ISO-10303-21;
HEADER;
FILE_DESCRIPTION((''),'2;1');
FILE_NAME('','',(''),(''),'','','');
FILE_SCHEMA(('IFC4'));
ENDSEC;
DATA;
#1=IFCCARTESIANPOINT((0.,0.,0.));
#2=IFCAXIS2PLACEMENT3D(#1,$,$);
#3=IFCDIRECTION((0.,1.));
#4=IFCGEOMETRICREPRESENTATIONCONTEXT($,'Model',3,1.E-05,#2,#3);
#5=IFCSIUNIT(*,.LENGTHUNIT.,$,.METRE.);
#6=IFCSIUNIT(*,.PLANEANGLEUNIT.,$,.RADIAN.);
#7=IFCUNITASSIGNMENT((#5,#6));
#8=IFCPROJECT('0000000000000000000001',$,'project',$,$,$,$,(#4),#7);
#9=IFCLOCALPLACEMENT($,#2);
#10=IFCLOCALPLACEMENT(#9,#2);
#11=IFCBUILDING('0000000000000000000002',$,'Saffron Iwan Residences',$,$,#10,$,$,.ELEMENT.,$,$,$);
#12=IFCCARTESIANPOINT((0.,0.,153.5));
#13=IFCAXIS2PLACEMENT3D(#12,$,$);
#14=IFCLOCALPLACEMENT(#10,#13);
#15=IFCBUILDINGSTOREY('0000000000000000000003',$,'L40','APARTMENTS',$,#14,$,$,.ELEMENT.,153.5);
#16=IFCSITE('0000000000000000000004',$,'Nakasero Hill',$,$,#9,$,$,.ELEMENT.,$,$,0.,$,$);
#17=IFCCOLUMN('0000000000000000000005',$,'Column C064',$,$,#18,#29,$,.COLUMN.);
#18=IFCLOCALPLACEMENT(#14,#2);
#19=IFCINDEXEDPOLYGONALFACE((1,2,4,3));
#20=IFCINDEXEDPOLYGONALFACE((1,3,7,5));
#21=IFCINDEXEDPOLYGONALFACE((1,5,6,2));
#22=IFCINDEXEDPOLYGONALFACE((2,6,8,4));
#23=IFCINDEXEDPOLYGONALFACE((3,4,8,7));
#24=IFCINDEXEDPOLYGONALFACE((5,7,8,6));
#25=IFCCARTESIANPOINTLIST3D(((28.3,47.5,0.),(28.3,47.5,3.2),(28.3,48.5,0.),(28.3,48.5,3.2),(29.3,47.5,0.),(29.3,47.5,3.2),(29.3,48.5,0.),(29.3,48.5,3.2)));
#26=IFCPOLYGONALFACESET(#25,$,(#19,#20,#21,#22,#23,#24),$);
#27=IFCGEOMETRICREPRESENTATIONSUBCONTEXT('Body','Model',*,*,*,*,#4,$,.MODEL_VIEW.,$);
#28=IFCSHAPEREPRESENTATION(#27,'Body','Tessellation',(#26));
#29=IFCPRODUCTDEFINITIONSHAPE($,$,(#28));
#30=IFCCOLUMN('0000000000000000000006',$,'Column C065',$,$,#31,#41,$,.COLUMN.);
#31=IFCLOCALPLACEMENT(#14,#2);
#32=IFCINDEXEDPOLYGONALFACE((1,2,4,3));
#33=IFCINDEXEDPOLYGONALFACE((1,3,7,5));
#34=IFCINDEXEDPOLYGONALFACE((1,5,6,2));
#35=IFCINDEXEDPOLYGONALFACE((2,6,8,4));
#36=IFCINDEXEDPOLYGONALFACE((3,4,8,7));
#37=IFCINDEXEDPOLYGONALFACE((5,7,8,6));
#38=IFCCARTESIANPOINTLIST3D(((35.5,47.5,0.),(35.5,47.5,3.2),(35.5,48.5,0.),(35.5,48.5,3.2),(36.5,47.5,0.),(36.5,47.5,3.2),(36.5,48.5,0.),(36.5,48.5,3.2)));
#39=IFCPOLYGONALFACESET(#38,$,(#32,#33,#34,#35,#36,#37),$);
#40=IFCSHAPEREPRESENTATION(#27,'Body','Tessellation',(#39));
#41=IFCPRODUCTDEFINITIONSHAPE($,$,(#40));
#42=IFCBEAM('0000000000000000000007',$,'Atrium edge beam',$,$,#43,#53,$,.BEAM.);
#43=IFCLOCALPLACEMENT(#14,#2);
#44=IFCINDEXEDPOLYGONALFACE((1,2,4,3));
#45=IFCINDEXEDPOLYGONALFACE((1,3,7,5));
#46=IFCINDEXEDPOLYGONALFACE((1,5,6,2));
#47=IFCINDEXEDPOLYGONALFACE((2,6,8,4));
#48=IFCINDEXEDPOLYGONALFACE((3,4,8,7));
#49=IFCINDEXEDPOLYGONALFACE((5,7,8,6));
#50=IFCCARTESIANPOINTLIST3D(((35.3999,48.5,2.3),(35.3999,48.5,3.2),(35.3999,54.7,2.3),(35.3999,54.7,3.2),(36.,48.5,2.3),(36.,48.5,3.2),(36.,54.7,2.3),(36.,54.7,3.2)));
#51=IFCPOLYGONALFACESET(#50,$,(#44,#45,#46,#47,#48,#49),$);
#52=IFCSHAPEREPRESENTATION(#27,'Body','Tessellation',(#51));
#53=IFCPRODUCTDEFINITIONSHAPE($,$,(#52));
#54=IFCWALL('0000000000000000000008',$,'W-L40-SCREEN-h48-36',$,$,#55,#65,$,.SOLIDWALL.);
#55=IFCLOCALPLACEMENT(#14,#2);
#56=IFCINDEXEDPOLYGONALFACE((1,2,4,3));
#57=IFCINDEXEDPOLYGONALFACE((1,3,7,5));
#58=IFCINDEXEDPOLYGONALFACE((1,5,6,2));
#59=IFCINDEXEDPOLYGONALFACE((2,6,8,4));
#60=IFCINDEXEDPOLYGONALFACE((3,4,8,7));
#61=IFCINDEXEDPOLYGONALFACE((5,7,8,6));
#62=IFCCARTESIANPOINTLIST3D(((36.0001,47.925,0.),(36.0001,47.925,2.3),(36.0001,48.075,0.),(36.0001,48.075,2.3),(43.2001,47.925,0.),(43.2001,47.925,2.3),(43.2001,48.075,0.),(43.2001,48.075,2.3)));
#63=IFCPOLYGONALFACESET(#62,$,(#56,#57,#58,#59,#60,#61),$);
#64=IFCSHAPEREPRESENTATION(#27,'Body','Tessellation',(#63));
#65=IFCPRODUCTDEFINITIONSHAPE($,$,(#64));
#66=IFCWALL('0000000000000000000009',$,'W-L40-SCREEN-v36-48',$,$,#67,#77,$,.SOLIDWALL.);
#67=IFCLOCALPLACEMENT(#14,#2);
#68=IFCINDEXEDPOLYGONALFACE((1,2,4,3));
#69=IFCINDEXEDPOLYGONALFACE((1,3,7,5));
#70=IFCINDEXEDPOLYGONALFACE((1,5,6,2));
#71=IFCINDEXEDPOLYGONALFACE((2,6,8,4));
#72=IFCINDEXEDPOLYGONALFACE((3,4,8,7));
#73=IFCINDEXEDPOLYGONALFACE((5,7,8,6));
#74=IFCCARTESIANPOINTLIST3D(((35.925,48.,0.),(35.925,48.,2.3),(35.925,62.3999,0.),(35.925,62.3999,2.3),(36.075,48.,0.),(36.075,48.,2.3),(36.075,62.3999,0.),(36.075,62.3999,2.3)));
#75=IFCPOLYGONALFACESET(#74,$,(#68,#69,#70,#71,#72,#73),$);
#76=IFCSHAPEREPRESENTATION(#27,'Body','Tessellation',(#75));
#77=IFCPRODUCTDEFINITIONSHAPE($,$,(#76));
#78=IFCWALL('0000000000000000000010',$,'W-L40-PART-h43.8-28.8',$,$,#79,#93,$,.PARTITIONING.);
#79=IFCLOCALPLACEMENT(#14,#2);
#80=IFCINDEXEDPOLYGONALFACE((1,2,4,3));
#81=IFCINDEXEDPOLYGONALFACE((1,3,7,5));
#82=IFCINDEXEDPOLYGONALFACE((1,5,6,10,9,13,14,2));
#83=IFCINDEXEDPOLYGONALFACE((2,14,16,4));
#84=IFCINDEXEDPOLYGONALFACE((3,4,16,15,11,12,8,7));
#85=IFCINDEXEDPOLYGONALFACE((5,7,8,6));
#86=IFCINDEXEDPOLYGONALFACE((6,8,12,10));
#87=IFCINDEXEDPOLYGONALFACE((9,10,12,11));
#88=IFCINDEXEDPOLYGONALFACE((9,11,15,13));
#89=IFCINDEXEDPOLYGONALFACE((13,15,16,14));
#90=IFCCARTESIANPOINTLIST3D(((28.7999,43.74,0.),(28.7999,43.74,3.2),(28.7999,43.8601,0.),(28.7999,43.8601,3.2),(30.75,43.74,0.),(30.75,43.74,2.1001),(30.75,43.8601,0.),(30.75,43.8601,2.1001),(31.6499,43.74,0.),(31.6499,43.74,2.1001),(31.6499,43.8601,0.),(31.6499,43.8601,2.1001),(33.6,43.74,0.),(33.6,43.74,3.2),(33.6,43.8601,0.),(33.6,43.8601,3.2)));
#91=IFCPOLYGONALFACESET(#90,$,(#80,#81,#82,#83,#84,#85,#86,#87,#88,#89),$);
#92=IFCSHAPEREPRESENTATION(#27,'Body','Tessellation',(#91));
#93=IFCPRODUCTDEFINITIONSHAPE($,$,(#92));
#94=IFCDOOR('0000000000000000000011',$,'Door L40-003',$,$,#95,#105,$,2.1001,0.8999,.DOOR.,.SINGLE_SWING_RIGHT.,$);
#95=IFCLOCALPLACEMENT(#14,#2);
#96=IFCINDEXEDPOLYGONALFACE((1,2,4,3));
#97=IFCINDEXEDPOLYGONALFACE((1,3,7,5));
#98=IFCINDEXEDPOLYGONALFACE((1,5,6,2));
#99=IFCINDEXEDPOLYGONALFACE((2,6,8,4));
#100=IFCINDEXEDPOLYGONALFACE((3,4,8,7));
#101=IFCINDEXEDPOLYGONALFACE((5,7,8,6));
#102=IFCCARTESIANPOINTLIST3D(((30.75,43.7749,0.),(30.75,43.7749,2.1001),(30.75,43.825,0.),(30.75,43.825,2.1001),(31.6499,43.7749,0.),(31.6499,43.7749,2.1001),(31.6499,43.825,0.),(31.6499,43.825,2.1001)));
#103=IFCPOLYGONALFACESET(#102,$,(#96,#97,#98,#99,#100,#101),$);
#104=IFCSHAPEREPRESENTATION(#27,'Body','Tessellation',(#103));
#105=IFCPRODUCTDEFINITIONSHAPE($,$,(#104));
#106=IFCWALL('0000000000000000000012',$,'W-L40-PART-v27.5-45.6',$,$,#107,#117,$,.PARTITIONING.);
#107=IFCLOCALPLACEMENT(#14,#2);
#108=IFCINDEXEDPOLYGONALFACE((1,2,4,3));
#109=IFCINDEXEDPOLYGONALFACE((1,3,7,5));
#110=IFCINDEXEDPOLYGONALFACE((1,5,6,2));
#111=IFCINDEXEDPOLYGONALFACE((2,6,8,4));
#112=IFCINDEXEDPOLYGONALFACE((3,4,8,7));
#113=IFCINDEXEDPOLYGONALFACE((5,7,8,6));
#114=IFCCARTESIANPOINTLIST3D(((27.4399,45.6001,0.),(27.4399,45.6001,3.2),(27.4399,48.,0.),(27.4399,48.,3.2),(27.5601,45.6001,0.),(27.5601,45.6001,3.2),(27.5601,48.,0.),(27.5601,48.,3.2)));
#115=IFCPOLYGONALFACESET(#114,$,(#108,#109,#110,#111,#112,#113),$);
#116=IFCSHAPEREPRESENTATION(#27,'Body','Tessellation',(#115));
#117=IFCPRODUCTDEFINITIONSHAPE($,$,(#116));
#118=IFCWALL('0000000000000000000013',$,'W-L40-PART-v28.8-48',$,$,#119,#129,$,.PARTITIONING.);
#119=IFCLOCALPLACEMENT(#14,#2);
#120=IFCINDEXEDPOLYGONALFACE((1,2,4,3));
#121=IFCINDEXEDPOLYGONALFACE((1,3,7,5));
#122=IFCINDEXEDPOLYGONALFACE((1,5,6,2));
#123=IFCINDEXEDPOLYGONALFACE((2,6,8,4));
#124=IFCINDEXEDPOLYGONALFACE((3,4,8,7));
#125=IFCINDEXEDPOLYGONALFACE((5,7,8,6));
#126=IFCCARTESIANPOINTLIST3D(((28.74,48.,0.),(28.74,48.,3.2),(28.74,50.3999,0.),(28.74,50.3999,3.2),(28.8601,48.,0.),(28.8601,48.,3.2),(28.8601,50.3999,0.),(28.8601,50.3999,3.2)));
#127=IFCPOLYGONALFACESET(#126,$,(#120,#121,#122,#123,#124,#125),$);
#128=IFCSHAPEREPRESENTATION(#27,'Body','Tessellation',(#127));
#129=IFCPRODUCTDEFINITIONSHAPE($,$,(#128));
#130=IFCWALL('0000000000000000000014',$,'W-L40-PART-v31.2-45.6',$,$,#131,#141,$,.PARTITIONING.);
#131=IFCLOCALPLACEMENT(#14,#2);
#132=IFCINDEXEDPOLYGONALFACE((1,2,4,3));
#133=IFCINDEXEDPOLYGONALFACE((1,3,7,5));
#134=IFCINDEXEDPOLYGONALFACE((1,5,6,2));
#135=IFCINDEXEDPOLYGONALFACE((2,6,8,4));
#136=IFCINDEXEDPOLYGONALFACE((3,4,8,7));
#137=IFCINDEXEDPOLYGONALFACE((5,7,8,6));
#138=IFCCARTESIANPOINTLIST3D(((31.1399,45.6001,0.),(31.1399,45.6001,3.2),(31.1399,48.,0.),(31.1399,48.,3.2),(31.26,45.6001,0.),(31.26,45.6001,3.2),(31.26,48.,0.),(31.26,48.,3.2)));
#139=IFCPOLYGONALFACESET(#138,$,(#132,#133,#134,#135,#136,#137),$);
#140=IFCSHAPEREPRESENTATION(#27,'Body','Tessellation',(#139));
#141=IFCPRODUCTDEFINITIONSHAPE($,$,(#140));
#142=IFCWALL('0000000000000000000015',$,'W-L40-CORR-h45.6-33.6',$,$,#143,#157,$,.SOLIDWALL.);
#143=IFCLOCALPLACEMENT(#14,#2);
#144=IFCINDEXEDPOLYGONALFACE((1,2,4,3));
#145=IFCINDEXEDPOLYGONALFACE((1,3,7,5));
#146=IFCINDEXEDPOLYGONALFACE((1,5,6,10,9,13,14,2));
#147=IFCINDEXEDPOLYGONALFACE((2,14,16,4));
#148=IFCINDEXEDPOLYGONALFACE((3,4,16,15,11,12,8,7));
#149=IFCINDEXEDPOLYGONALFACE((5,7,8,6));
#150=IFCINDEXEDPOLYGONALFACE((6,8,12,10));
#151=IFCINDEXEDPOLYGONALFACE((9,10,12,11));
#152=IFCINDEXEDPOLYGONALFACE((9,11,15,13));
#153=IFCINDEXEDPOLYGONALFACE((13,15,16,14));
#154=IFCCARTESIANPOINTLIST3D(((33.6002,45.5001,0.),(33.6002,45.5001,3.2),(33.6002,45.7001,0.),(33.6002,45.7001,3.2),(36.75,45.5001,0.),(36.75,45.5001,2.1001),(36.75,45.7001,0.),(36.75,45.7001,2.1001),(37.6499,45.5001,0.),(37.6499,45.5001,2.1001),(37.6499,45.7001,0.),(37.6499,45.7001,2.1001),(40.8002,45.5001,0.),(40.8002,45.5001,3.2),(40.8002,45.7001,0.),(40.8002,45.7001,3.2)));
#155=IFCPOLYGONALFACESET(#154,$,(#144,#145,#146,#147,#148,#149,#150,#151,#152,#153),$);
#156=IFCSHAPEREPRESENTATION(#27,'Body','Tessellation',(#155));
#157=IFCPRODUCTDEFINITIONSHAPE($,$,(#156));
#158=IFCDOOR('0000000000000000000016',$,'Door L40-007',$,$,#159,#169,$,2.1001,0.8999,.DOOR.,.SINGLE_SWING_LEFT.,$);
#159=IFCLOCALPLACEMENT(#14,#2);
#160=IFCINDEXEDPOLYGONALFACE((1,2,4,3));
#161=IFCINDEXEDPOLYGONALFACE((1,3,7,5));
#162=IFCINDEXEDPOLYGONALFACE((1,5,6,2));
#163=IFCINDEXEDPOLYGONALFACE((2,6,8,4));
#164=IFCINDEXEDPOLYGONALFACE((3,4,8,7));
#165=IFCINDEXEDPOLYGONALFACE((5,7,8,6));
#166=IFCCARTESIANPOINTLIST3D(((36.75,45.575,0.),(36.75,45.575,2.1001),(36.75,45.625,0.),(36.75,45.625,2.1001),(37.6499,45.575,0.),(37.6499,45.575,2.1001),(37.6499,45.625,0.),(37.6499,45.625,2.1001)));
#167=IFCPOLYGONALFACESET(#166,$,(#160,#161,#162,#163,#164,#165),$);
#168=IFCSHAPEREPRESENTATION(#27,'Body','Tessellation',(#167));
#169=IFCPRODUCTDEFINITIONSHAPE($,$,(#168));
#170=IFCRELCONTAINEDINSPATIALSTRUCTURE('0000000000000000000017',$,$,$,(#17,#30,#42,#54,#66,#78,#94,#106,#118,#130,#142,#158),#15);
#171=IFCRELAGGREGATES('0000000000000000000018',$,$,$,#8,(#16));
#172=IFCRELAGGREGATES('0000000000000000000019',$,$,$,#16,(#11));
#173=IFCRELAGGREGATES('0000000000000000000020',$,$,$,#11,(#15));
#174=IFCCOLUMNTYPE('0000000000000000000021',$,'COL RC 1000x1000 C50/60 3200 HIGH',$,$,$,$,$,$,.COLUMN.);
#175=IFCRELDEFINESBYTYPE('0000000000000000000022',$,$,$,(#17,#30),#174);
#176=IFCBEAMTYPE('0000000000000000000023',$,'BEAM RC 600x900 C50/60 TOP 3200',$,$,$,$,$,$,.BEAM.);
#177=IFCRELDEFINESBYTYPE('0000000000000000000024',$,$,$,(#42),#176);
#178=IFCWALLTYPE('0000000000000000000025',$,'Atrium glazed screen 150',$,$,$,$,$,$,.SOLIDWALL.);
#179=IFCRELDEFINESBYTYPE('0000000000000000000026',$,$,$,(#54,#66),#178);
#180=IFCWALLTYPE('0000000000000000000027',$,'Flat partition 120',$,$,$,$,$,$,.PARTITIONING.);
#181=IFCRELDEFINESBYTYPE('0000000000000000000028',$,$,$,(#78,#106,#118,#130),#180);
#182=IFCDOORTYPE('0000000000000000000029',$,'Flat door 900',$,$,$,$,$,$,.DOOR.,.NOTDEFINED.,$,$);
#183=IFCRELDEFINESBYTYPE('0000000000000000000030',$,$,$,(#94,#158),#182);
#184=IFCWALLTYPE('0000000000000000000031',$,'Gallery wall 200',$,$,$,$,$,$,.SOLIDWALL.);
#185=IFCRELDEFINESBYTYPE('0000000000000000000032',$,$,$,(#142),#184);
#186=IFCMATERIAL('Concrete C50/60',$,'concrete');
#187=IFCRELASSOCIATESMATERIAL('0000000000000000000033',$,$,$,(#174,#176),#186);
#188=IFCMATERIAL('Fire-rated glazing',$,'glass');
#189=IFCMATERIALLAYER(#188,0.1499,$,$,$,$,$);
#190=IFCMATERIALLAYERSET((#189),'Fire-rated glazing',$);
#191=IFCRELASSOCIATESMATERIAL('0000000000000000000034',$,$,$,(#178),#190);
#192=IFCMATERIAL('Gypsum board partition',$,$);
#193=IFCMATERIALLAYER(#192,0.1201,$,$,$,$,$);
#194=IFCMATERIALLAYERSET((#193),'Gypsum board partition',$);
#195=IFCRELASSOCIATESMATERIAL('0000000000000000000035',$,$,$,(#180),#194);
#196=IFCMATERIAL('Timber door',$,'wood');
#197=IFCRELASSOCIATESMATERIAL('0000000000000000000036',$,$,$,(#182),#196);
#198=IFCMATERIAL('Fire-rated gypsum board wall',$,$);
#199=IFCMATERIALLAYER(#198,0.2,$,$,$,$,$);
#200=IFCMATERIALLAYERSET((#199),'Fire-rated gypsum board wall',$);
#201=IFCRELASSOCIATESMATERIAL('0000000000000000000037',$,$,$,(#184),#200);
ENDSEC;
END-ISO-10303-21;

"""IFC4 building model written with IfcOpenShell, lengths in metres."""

from ifc_helpers import new_model, si_unit, direction, frame, frame_2d, origin, origin_2d, place, context, subcontext, project, spatial, rectangle, extrude, source, transform, mapped, material, layer, layer_set, material_profile, profile_set, type_object, element, fill, save


model = new_model("IFC4")

# Units and contexts
model_context = context("Model", 3, precision=1e-05, world=origin(), true_north=direction((0.0, 1.0)))
body_context = subcontext(model_context, "Body", "Model", "MODEL_VIEW")
ifc_project = project(units=[si_unit("LENGTHUNIT", "METRE"), si_unit("PLANEANGLEUNIT", "RADIAN")], contexts=[model_context])

# Site, building, storey
site_placement = place(None, origin())
site = spatial("IfcSite", under=ifc_project, at=site_placement, Name="Nakasero Hill", CompositionType="ELEMENT", RefElevation=0.0)
building_placement = place(site_placement, origin())
building = spatial("IfcBuilding", under=site, at=building_placement, Name="Saffron Iwan Residences", CompositionType="ELEMENT")
storey_placement = place(building_placement, frame((0.0, 0.0, 153.5)))
storey = spatial("IfcBuildingStorey", under=building, at=storey_placement, Name="L40", Description="APARTMENTS", CompositionType="ELEMENT", Elevation=153.5)

# Columns
ifc_material_1 = material(Name="Concrete C50/60", Category="concrete")
ifc_material_profile_1 = material_profile(ifc_material_1, rectangle(XDim=1.0, YDim=1.0, at=origin_2d()), Name="RC 1000x1000")
ifc_profile_set_1 = profile_set([ifc_material_profile_1], Name="Concrete C50/60")
column_type = type_object("IfcColumnType", Name="COL RC 1000x1000 C50/60 3200 HIGH", PredefinedType="COLUMN", material=ifc_profile_set_1)
shared_shape_1 = source(origin(), body_context, "Body", "SweptSolid", [
    extrude(rectangle(XDim=1.0, YDim=1.0, at=origin_2d()), origin(), (0.0, 0.0, 1.0), 3.2),
])
for number, where, z_axis, x_axis, name in (
    (1, (28.8, 48.0, 0.0), (0.0, 0.0, 1.0), (1.0, 0.0, 0.0), "Column C064"),
    (2, (36.0, 48.0, 0.0), (0.0, 0.0, 1.0), (1.0, 0.0, 0.0), "Column C065"),
):
    element("IfcColumn", number, at=place(storey_placement, frame(where, z_axis=z_axis, x_axis=x_axis)), inside=storey, type_object=column_type, Name=name, PredefinedType="COLUMN", context=body_context, shape_type="MappedRepresentation", body=[
        mapped(shared_shape_1, transform((0.0, 0.0, 0.0))),
    ])

# Beam
ifc_material_profile_2 = material_profile(ifc_material_1, rectangle(XDim=0.6001, YDim=0.8999, at=origin_2d()), Name="RC 600x900")
ifc_profile_set_2 = profile_set([ifc_material_profile_2], Name="Concrete C50/60")
beam_type = type_object("IfcBeamType", Name="BEAM RC 600x900 C50/60 TOP 3200", PredefinedType="BEAM", material=ifc_profile_set_2)
shared_shape_2 = source(origin(), body_context, "Body", "SweptSolid", [
    extrude(rectangle(XDim=0.6001, YDim=0.8999, at=origin_2d()), origin(), (0.0, 0.0, 1.0), 6.2),
])
beam_placement = place(storey_placement, frame((35.7, 48.5, 2.75), z_axis=(0.0, 1.0, 0.0), x_axis=(-1.0, 0.0, 0.0)))
element("IfcBeam", 3, at=beam_placement, inside=storey, type_object=beam_type, Name="Atrium edge beam", PredefinedType="BEAM", context=body_context, shape_type="MappedRepresentation", body=[
    mapped(shared_shape_2, transform((0.0, 0.0, 0.0))),
])

# Walls
ifc_material_2 = material(Name="Fire-rated glazing", Category="glass")
ifc_layer_1 = layer(ifc_material_2, 0.1499)
ifc_layer_set_1 = layer_set([ifc_layer_1], Name="Fire-rated glazing")
wall_type_1 = type_object("IfcWallType", Name="Atrium glazed screen 150", PredefinedType="SOLIDWALL", material=ifc_layer_set_1)
wall_1_placement = place(storey_placement, frame((36.0, 48.0, 0.0), z_axis=(0.0, 0.0, 1.0), x_axis=(1.0, 0.0, 0.0)))
element("IfcWall", 4, at=wall_1_placement, inside=storey, type_object=wall_type_1, Name="W-L40-SCREEN-h48-36", PredefinedType="SOLIDWALL", context=body_context, shape_type="SweptSolid", body=[
    extrude(rectangle(XDim=7.2, YDim=0.1499, at=frame_2d((3.6001, 0.0))), origin(), (0.0, 0.0, 1.0), 2.3),
])
wall_2_placement = place(storey_placement, frame((36.0, 48.0, 0.0), z_axis=(0.0, 0.0, 1.0), x_axis=(0.0, 1.0, 0.0)))
element("IfcWall", 5, at=wall_2_placement, inside=storey, type_object=wall_type_1, Name="W-L40-SCREEN-v36-48", PredefinedType="SOLIDWALL", context=body_context, shape_type="SweptSolid", body=[
    extrude(rectangle(XDim=14.3999, YDim=0.1499, at=frame_2d((7.2, 0.0))), origin(), (0.0, 0.0, 1.0), 2.3),
])

# Wall, opening, door
ifc_material_3 = material(Name="Gypsum board partition")
ifc_layer_2 = layer(ifc_material_3, 0.1201)
ifc_layer_set_2 = layer_set([ifc_layer_2], Name="Gypsum board partition")
wall_type_2 = type_object("IfcWallType", Name="Flat partition 120", PredefinedType="PARTITIONING", material=ifc_layer_set_2)
wall_3_placement = place(storey_placement, frame((28.8, 43.8, 0.0), z_axis=(0.0, 0.0, 1.0), x_axis=(1.0, 0.0, 0.0)))
wall_3 = element("IfcWall", 6, at=wall_3_placement, inside=storey, type_object=wall_type_2, Name="W-L40-PART-h43.8-28.8", PredefinedType="PARTITIONING", context=body_context, shape_type="SweptSolid", body=[
    extrude(rectangle(XDim=4.8, YDim=0.1201, at=frame_2d((2.3999, 0.0))), origin(), (0.0, 0.0, 1.0), 3.2),
])
opening_1_placement = place(wall_3_placement, frame((1.95, 0.0, 0.0)))
opening_1 = element("IfcOpeningElement", 7, at=opening_1_placement, cuts=wall_3, PredefinedType="OPENING", context=body_context, shape_type="SweptSolid", body=[
    extrude(rectangle(XDim=0.8999, YDim=2.1001, at=frame_2d((0.45, 1.05))), frame((0.0, 0.0701, 0.0), z_axis=(0.0, -1.0, 0.0), x_axis=(1.0, 0.0, 0.0)), (0.0, 0.0, 1.0), 0.1401),
])
ifc_material_4 = material(Name="Timber door", Category="wood")
door_type_1 = type_object("IfcDoorType", Name="Flat door 900", OperationType="NOTDEFINED", PredefinedType="DOOR", material=ifc_material_4)
door_1_placement = place(opening_1_placement, origin())
door_1 = element("IfcDoor", 8, at=door_1_placement, inside=storey, type_object=door_type_1, Name="Door L40-003", OperationType="SINGLE_SWING_RIGHT", OverallHeight=2.1001, OverallWidth=0.8999, PredefinedType="DOOR", context=body_context, shape_type="SweptSolid", body=[
    extrude(rectangle(XDim=0.8999, YDim=2.1001, at=frame_2d((0.45, 1.05))), frame((0.0, 0.0249, 0.0), z_axis=(0.0, -1.0, 0.0), x_axis=(1.0, 0.0, 0.0)), (0.0, 0.0, 1.0), 0.05),
])
fill(opening_1, door_1)

# Walls
for number, where, z_axis, x_axis, name in (
    (9, (27.5, 45.6001, 0.0), (0.0, 0.0, 1.0), (0.0, 1.0, 0.0), "W-L40-PART-v27.5-45.6"),
    (10, (28.8, 48.0, 0.0), (0.0, 0.0, 1.0), (0.0, 1.0, 0.0), "W-L40-PART-v28.8-48"),
    (11, (31.2, 45.6001, 0.0), (0.0, 0.0, 1.0), (0.0, 1.0, 0.0), "W-L40-PART-v31.2-45.6"),
):
    element("IfcWall", number, at=place(storey_placement, frame(where, z_axis=z_axis, x_axis=x_axis)), inside=storey, type_object=wall_type_2, Name=name, PredefinedType="PARTITIONING", context=body_context, shape_type="SweptSolid", body=[
        extrude(rectangle(XDim=2.3999, YDim=0.1201, at=frame_2d((1.2, 0.0))), origin(), (0.0, 0.0, 1.0), 3.2),
    ])

# Wall, opening, door
ifc_material_5 = material(Name="Fire-rated gypsum board wall")
ifc_layer_3 = layer(ifc_material_5, 0.2)
ifc_layer_set_3 = layer_set([ifc_layer_3], Name="Fire-rated gypsum board wall")
wall_type_3 = type_object("IfcWallType", Name="Gallery wall 200", PredefinedType="SOLIDWALL", material=ifc_layer_set_3)
wall_4_placement = place(storey_placement, frame((33.6001, 45.6001, 0.0), z_axis=(0.0, 0.0, 1.0), x_axis=(1.0, 0.0, 0.0)))
wall_4 = element("IfcWall", 12, at=wall_4_placement, inside=storey, type_object=wall_type_3, Name="W-L40-CORR-h45.6-33.6", PredefinedType="SOLIDWALL", context=body_context, shape_type="SweptSolid", body=[
    extrude(rectangle(XDim=7.2, YDim=0.2, at=frame_2d((3.6001, 0.0))), origin(), (0.0, 0.0, 1.0), 3.2),
])
opening_2_placement = place(wall_4_placement, frame((3.1499, 0.0, 0.0)))
opening_2 = element("IfcOpeningElement", 13, at=opening_2_placement, cuts=wall_4, PredefinedType="OPENING", context=body_context, shape_type="SweptSolid", body=[
    extrude(rectangle(XDim=0.8999, YDim=2.1001, at=frame_2d((0.45, 1.05))), frame((0.0, 0.1099, 0.0), z_axis=(0.0, -1.0, 0.0), x_axis=(1.0, 0.0, 0.0)), (0.0, 0.0, 1.0), 0.22),
])
door_2_placement = place(opening_2_placement, origin())
door_2 = element("IfcDoor", 14, at=door_2_placement, inside=storey, type_object=door_type_1, Name="Door L40-007", OperationType="SINGLE_SWING_LEFT", OverallHeight=2.1001, OverallWidth=0.8999, PredefinedType="DOOR", context=body_context, shape_type="SweptSolid", body=[
    extrude(rectangle(XDim=0.8999, YDim=2.1001, at=frame_2d((0.45, 1.05))), frame((0.0, 0.0249, 0.0), z_axis=(0.0, -1.0, 0.0), x_axis=(1.0, 0.0, 0.0)), (0.0, 0.0, 1.0), 0.05),
])
fill(opening_2, door_2)

save(model, "model.ifc")
